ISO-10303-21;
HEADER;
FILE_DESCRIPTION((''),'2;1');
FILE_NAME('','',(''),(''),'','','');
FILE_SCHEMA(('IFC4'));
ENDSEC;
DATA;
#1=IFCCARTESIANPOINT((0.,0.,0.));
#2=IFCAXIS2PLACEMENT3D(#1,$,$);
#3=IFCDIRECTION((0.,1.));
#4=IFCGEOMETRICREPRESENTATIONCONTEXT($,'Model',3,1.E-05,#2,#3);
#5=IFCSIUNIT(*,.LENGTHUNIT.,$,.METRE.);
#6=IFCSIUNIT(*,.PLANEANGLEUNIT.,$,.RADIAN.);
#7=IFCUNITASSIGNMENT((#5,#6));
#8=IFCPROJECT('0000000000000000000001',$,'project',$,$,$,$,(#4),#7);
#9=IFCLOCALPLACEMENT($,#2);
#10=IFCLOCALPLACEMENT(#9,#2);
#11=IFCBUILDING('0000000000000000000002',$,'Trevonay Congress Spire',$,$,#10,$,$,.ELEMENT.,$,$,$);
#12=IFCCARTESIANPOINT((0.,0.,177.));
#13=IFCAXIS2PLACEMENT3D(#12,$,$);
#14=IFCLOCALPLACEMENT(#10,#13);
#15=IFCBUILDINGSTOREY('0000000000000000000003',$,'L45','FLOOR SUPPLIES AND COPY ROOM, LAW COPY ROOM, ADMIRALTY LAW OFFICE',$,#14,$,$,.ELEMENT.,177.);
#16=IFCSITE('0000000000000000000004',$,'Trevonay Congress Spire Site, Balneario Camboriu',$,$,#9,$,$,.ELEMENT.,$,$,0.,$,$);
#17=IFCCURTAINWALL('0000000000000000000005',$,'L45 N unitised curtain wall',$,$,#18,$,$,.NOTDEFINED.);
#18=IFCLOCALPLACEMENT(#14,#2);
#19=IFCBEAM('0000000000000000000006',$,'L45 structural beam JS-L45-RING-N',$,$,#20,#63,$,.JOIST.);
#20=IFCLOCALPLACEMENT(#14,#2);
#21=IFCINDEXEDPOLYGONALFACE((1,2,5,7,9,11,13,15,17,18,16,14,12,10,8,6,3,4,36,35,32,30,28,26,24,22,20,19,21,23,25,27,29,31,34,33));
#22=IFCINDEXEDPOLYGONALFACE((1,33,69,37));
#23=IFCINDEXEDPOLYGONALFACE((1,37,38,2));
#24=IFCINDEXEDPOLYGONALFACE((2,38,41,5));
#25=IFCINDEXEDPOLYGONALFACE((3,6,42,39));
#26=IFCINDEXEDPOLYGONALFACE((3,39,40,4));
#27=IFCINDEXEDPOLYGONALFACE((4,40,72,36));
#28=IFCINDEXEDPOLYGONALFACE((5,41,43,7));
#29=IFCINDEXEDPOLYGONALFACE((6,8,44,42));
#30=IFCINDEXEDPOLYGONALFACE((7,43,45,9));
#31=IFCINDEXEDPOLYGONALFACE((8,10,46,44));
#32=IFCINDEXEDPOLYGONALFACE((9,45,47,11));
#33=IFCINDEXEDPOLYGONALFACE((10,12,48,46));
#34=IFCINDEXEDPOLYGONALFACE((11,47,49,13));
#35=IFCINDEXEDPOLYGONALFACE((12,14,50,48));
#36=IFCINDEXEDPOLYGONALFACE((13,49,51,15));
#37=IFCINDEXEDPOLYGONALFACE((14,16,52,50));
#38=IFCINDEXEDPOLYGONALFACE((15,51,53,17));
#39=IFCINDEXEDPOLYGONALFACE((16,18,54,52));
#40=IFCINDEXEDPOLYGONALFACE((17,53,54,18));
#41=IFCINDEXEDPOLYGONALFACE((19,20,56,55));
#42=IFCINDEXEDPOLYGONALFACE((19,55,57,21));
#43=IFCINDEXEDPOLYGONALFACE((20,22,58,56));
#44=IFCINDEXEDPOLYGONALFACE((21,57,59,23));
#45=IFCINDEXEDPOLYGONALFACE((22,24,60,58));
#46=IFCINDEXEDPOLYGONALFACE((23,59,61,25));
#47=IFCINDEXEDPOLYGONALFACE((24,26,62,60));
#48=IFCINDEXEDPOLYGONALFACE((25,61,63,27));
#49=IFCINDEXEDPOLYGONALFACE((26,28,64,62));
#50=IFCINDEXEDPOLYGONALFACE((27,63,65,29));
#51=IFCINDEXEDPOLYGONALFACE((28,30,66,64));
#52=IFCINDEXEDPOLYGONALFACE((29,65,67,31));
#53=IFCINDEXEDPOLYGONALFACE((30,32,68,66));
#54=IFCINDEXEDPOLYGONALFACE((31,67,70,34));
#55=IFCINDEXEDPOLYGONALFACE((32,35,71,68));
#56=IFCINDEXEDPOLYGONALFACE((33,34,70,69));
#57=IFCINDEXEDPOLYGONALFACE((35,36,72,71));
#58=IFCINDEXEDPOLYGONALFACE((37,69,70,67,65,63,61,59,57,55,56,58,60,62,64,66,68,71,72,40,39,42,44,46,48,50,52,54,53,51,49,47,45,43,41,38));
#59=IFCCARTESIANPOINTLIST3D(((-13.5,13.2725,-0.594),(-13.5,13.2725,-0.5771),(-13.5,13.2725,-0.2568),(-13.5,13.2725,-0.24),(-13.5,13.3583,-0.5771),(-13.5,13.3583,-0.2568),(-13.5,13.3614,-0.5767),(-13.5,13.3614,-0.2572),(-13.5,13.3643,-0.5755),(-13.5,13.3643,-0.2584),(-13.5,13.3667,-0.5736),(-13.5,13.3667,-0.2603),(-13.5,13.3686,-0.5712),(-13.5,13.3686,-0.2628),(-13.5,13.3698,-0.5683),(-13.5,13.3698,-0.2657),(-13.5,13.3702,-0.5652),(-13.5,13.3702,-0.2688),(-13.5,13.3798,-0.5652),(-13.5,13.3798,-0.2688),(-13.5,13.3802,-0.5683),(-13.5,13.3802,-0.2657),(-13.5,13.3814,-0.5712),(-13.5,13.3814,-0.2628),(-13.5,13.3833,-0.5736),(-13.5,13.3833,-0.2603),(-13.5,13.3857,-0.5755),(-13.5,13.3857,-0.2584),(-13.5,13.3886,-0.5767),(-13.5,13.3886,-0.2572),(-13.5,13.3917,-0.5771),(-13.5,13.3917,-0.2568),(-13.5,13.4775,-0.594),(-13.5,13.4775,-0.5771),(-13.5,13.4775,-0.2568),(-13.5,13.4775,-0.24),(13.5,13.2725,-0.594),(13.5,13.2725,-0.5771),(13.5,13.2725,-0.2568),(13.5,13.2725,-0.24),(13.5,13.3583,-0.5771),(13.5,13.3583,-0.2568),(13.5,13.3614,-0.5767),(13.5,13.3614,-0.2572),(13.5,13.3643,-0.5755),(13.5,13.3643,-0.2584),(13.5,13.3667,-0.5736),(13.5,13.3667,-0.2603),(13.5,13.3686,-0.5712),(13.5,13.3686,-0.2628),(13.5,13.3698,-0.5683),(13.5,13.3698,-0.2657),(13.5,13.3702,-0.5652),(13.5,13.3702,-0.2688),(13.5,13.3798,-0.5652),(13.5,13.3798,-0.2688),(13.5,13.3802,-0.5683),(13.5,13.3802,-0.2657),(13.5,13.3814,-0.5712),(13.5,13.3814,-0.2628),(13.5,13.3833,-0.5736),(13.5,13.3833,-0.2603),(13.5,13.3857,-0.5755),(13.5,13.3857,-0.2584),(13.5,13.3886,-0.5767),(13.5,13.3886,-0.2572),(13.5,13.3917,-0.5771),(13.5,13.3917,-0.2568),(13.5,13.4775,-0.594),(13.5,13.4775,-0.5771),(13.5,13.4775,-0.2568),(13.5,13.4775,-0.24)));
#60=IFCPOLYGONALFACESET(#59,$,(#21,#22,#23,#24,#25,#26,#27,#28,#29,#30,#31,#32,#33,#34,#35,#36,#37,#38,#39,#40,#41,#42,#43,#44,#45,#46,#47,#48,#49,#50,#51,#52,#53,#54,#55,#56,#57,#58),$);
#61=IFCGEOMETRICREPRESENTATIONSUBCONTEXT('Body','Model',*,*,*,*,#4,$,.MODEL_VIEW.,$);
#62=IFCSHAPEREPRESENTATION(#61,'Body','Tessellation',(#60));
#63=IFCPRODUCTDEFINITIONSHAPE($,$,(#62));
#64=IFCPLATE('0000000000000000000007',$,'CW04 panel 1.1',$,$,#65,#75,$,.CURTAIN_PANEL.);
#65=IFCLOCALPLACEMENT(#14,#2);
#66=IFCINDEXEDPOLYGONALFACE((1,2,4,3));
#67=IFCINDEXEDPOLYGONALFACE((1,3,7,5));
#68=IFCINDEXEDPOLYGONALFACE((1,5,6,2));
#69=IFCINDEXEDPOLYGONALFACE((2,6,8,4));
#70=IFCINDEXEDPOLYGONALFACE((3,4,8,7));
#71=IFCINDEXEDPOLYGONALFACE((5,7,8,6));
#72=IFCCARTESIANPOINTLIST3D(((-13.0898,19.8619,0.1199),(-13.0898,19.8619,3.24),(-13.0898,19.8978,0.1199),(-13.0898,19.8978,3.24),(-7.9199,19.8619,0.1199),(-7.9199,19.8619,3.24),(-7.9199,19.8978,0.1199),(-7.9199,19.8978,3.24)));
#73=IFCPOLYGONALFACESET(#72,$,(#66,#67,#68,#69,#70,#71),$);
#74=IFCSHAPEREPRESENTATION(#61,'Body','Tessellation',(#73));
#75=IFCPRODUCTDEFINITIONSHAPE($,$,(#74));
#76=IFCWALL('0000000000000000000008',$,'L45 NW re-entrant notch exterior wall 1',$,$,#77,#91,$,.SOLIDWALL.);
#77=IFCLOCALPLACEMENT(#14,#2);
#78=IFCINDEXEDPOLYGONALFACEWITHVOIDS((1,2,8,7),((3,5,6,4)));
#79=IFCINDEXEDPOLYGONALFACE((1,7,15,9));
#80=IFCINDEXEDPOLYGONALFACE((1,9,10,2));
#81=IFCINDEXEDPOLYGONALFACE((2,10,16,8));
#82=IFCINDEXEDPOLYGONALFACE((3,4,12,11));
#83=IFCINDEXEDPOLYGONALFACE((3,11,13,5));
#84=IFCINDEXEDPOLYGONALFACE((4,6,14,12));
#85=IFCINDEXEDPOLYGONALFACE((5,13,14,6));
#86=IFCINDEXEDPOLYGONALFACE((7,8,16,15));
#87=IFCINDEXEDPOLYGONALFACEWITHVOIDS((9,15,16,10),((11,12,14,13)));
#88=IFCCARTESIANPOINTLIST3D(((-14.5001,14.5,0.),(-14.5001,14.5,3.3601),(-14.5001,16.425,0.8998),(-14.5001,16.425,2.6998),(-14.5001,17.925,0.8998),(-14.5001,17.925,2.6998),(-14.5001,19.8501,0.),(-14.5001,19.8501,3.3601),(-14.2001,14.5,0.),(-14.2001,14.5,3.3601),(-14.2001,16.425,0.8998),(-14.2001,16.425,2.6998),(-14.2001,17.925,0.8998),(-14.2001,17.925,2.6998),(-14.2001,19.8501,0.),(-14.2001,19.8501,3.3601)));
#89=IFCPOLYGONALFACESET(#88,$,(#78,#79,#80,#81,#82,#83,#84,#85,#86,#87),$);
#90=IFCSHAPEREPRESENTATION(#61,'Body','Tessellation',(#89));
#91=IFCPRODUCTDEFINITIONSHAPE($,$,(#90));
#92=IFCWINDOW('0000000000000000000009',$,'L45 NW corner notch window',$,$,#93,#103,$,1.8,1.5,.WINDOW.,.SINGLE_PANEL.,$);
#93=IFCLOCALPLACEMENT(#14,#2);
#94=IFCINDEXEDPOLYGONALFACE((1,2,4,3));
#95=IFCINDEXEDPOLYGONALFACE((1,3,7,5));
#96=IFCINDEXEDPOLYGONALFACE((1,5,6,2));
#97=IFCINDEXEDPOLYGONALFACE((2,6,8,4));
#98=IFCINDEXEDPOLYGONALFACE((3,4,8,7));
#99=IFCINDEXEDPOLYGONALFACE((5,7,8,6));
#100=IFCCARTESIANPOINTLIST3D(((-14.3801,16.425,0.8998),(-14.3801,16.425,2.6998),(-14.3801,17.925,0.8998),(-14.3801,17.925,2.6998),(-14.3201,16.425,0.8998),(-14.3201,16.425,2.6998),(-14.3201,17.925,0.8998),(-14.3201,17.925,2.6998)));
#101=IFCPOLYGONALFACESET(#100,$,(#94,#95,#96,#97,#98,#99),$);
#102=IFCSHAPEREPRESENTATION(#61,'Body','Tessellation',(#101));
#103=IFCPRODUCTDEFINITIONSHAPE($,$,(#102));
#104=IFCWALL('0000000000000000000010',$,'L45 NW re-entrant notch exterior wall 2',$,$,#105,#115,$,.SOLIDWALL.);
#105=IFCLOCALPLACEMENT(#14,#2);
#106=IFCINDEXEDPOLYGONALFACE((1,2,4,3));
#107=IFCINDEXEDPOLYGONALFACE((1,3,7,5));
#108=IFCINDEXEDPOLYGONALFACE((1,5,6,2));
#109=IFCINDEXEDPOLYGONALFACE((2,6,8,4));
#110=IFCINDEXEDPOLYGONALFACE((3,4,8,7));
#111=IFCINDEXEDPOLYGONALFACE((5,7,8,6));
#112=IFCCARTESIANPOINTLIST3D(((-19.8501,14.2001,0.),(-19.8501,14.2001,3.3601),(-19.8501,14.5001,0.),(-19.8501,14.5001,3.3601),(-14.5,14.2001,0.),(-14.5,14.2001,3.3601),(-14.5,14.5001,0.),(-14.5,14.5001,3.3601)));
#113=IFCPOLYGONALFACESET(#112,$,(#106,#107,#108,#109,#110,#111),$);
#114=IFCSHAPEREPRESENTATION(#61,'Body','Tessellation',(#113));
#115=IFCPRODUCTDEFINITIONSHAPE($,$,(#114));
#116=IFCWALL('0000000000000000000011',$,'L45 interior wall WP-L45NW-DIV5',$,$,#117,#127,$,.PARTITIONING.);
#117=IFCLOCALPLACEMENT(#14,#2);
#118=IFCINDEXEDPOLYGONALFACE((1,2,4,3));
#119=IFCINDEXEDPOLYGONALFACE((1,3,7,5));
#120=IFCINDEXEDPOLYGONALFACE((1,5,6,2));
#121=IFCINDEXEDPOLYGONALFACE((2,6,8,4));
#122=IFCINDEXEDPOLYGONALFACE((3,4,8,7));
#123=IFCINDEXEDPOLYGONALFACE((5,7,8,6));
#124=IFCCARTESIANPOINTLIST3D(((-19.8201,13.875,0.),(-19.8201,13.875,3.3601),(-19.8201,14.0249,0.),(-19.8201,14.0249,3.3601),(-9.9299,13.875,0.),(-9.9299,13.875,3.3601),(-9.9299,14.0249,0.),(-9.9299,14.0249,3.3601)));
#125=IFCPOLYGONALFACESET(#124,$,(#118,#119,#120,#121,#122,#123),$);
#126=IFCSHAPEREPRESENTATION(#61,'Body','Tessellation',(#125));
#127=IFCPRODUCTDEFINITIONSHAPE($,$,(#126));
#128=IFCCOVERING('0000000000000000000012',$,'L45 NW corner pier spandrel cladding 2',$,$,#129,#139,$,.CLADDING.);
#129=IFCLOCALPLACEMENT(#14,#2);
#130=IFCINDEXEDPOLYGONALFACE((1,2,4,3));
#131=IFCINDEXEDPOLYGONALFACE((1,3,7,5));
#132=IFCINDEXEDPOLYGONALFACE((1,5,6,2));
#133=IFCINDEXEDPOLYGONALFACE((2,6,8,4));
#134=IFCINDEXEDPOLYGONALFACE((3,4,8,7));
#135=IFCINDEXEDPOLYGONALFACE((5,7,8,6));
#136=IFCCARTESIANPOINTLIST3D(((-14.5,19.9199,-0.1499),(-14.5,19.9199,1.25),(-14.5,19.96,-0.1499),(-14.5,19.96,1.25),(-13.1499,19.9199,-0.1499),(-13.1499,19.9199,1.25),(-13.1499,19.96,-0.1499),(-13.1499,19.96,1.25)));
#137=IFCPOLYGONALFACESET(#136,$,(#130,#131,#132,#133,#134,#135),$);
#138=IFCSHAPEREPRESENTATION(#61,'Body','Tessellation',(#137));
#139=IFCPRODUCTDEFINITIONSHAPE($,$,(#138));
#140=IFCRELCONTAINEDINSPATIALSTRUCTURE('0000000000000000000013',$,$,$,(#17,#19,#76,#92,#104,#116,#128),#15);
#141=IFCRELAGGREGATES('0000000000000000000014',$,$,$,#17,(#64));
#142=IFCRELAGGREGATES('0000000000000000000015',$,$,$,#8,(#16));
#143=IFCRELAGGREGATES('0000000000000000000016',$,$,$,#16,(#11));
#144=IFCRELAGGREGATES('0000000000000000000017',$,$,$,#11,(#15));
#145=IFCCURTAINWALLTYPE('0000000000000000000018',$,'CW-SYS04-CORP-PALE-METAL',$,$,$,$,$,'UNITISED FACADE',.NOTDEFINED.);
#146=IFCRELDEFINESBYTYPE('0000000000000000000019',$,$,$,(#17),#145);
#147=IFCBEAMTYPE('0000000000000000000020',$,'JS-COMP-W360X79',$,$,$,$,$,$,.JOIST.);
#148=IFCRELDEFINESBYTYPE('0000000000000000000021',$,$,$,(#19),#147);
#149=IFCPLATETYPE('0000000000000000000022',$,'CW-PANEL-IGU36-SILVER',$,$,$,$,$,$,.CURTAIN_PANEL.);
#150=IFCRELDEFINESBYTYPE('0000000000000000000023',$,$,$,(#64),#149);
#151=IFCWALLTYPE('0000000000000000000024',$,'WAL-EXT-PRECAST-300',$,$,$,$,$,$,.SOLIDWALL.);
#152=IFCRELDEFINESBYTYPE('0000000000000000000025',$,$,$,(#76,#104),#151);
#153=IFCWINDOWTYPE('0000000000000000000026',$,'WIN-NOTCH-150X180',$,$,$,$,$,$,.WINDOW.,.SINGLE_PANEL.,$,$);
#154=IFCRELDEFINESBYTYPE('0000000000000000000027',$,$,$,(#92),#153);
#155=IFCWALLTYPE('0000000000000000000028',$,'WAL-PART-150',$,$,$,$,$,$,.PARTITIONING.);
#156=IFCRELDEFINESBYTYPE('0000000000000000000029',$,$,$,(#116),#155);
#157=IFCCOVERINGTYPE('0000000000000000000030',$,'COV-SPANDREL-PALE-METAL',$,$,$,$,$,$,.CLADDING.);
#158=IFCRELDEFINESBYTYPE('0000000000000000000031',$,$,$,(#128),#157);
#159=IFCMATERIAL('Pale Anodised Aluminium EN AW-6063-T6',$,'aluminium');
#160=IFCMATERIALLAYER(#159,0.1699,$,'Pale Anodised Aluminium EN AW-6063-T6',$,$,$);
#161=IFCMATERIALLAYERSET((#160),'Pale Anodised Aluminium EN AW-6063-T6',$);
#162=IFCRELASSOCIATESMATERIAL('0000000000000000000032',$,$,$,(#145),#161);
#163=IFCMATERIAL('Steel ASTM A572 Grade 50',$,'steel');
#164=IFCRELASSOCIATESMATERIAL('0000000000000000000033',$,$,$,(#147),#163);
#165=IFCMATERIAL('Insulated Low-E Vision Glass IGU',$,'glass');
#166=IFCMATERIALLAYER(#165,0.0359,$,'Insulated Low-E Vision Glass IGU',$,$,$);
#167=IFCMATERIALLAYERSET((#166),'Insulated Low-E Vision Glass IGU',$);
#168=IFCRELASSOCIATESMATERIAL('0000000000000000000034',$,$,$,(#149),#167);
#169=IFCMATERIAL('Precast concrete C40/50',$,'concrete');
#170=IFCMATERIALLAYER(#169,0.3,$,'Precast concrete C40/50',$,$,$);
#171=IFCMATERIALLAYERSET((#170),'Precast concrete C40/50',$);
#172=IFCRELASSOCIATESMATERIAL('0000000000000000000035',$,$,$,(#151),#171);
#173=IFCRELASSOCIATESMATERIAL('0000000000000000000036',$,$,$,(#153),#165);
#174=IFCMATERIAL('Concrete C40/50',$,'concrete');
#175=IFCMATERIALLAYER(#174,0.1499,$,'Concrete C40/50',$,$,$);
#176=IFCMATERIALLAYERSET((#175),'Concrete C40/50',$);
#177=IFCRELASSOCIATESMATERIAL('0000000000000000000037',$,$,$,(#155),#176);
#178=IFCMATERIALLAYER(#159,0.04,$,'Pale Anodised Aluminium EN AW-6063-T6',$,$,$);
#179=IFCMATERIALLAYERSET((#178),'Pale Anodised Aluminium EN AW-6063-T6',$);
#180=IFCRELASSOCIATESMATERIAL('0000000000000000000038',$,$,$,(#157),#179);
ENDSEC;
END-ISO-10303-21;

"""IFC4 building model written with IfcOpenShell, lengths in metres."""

from ifc_helpers import new_model, si_unit, direction, frame, frame_2d, origin, origin_2d, place, context, subcontext, project, spatial, rectangle, i_section, extrude, material, layer, layer_set, material_profile, profile_set, type_object, element, fill, aggregate, save


model = new_model("IFC4")

# Units and contexts
model_context = context("Model", 3, precision=1e-05, world=origin(), true_north=direction((0.0, 1.0)))
body_context = subcontext(model_context, "Body", "Model", "MODEL_VIEW")
ifc_project = project(units=[si_unit("LENGTHUNIT", "METRE"), si_unit("PLANEANGLEUNIT", "RADIAN")], contexts=[model_context])

# Site, building, storey
site_placement = place(None, origin())
site = spatial("IfcSite", under=ifc_project, at=site_placement, Name="Trevonay Congress Spire Site, Balneario Camboriu", CompositionType="ELEMENT", RefElevation=0.0)
building_placement = place(site_placement, origin())
building = spatial("IfcBuilding", under=site, at=building_placement, Name="Trevonay Congress Spire", CompositionType="ELEMENT")
storey_placement = place(building_placement, frame((0.0, 0.0, 177.0)))
storey = spatial("IfcBuildingStorey", under=building, at=storey_placement, Name="L45", Description="FLOOR SUPPLIES AND COPY ROOM, LAW COPY ROOM, ADMIRALTY LAW OFFICE", CompositionType="ELEMENT", Elevation=177.0)

# Shared definitions
ifc_material_1 = material(Name="Steel ASTM A572 Grade 50", Category="steel")

# Curtain wall
ifc_material_2 = material(Name="Pale Anodised Aluminium EN AW-6063-T6", Category="aluminium")
ifc_layer_1 = layer(ifc_material_2, 0.1699, Name="Pale Anodised Aluminium EN AW-6063-T6")
ifc_layer_set_1 = layer_set([ifc_layer_1], Name="Pale Anodised Aluminium EN AW-6063-T6")
curtain_wall_type = type_object("IfcCurtainWallType", Name="CW-SYS04-CORP-PALE-METAL", ElementType="UNITISED FACADE", PredefinedType="NOTDEFINED", material=ifc_layer_set_1)
curtain_wall_placement = place(storey_placement, origin())
curtain_wall = element("IfcCurtainWall", 1, at=curtain_wall_placement, inside=storey, type_object=curtain_wall_type, Name="L45 N unitised curtain wall", PredefinedType="NOTDEFINED")

# Beam
ifc_material_profile_1 = material_profile(ifc_material_1, i_section(OverallWidth=0.2051, OverallDepth=0.354, WebThickness=0.0095, FlangeThickness=0.0168, FilletRadius=0.012, at=origin_2d()), Name="W360x79")
ifc_profile_set_1 = profile_set([ifc_material_profile_1], Name="Steel ASTM A572 Grade 50")
beam_type_1 = type_object("IfcBeamType", Name="JS-COMP-W360X79", PredefinedType="JOIST", material=ifc_profile_set_1)
beam_1_placement = place(storey_placement, frame((-13.5, 13.375, -0.417), z_axis=(1.0, 0.0, 0.0), x_axis=(0.0, 1.0, 0.0)))
element("IfcBeam", 2, at=beam_1_placement, inside=storey, type_object=beam_type_1, Name="L45 structural beam JS-L45-RING-N", PredefinedType="JOIST", context=body_context, shape_type="SweptSolid", body=[
    extrude(i_section(OverallWidth=0.2051, OverallDepth=0.354, WebThickness=0.0095, FlangeThickness=0.0168, FilletRadius=0.012, at=origin_2d()), origin(), (0.0, 0.0, 1.0), 27.0),
])

# Plate
ifc_material_3 = material(Name="Insulated Low-E Vision Glass IGU", Category="glass")
ifc_layer_2 = layer(ifc_material_3, 0.0359, Name="Insulated Low-E Vision Glass IGU")
ifc_layer_set_2 = layer_set([ifc_layer_2], Name="Insulated Low-E Vision Glass IGU")
plate_type = type_object("IfcPlateType", Name="CW-PANEL-IGU36-SILVER", PredefinedType="CURTAIN_PANEL", material=ifc_layer_set_2)
plate_placement = place(storey_placement, frame((-10.5049, 19.8799, 0.1199), z_axis=(0.0, 0.0, 1.0), x_axis=(1.0, 0.0, 0.0)))
plate = element("IfcPlate", 3, at=plate_placement, type_object=plate_type, Name="CW04 panel 1.1", PredefinedType="CURTAIN_PANEL", context=body_context, shape_type="SweptSolid", body=[
    extrude(rectangle(XDim=5.1699, YDim=0.0359, at=origin_2d()), origin(), (0.0, 0.0, 1.0), 3.1201),
])
aggregate(curtain_wall, [plate])

# Wall, opening, window
ifc_material_4 = material(Name="Precast concrete C40/50", Category="concrete")
ifc_layer_3 = layer(ifc_material_4, 0.3, Name="Precast concrete C40/50")
ifc_layer_set_3 = layer_set([ifc_layer_3], Name="Precast concrete C40/50")
wall_type_1 = type_object("IfcWallType", Name="WAL-EXT-PRECAST-300", PredefinedType="SOLIDWALL", material=ifc_layer_set_3)
wall_1_placement = place(storey_placement, frame((-14.3501, 19.8501, 0.0), z_axis=(0.0, 0.0, 1.0), x_axis=(0.0, -1.0, 0.0)))
wall_1 = element("IfcWall", 4, at=wall_1_placement, inside=storey, type_object=wall_type_1, Name="L45 NW re-entrant notch exterior wall 1", PredefinedType="SOLIDWALL", context=body_context, shape_type="SweptSolid", body=[
    extrude(rectangle(XDim=5.3501, YDim=0.3, at=frame_2d((2.675, 0.0))), origin(), (0.0, 0.0, 1.0), 3.3601),
])
opening_placement = place(wall_1_placement, frame((1.925, 0.0, 0.8999)))
opening = element("IfcOpeningElement", 5, at=opening_placement, cuts=wall_1, PredefinedType="OPENING", context=body_context, shape_type="SweptSolid", body=[
    extrude(rectangle(XDim=1.5, YDim=1.8, at=frame_2d((0.75, 0.8999))), frame((0.0, 0.1602, 0.0), z_axis=(0.0, -1.0, 0.0), x_axis=(1.0, 0.0, 0.0)), (0.0, 0.0, 1.0), 0.3201),
])
window_type = type_object("IfcWindowType", Name="WIN-NOTCH-150X180", PartitioningType="SINGLE_PANEL", PredefinedType="WINDOW", material=ifc_material_3)
window_placement = place(opening_placement, origin())
window = element("IfcWindow", 6, at=window_placement, inside=storey, type_object=window_type, Name="L45 NW corner notch window", OverallHeight=1.8, OverallWidth=1.5, PartitioningType="SINGLE_PANEL", PredefinedType="WINDOW", context=body_context, shape_type="SweptSolid", body=[
    extrude(rectangle(XDim=1.5, YDim=1.8, at=frame_2d((0.75, 0.8999))), frame((0.0, 0.03, 0.0), z_axis=(0.0, -1.0, 0.0), x_axis=(1.0, 0.0, 0.0)), (0.0, 0.0, 1.0), 0.0601),
])
fill(opening, window)

# Walls
wall_2_placement = place(storey_placement, frame((-19.8501, 14.3501, 0.0), z_axis=(0.0, 0.0, 1.0), x_axis=(1.0, 0.0, 0.0)))
element("IfcWall", 7, at=wall_2_placement, inside=storey, type_object=wall_type_1, Name="L45 NW re-entrant notch exterior wall 2", PredefinedType="SOLIDWALL", context=body_context, shape_type="SweptSolid", body=[
    extrude(rectangle(XDim=5.3501, YDim=0.3, at=frame_2d((2.675, 0.0))), origin(), (0.0, 0.0, 1.0), 3.3601),
])
ifc_material_5 = material(Name="Concrete C40/50", Category="concrete")
ifc_layer_4 = layer(ifc_material_5, 0.1499, Name="Concrete C40/50")
ifc_layer_set_4 = layer_set([ifc_layer_4], Name="Concrete C40/50")
wall_type_2 = type_object("IfcWallType", Name="WAL-PART-150", PredefinedType="PARTITIONING", material=ifc_layer_set_4)
wall_3_placement = place(storey_placement, frame((-19.8201, 13.95, 0.0), z_axis=(0.0, 0.0, 1.0), x_axis=(1.0, 0.0, 0.0)))
element("IfcWall", 8, at=wall_3_placement, inside=storey, type_object=wall_type_2, Name="L45 interior wall WP-L45NW-DIV5", PredefinedType="PARTITIONING", context=body_context, shape_type="SweptSolid", body=[
    extrude(rectangle(XDim=9.8901, YDim=0.1499, at=frame_2d((4.9451, 0.0))), origin(), (0.0, 0.0, 1.0), 3.3601),
])

# Covering
ifc_layer_5 = layer(ifc_material_2, 0.04, Name="Pale Anodised Aluminium EN AW-6063-T6")
ifc_layer_set_5 = layer_set([ifc_layer_5], Name="Pale Anodised Aluminium EN AW-6063-T6")
covering_type = type_object("IfcCoveringType", Name="COV-SPANDREL-PALE-METAL", PredefinedType="CLADDING", material=ifc_layer_set_5)
covering_placement = place(storey_placement, frame((-13.1499, 19.9399, -0.1499), z_axis=(0.0, 0.0, 1.0), x_axis=(-1.0, 0.0, 0.0)))
element("IfcCovering", 9, at=covering_placement, inside=storey, type_object=covering_type, Name="L45 NW corner pier spandrel cladding 2", PredefinedType="CLADDING", context=body_context, shape_type="SweptSolid", body=[
    extrude(rectangle(XDim=1.3501, YDim=0.04, at=frame_2d((0.675, 0.0))), origin(), (0.0, 0.0, 1.0), 1.3999),
])

save(model, "model.ifc")
